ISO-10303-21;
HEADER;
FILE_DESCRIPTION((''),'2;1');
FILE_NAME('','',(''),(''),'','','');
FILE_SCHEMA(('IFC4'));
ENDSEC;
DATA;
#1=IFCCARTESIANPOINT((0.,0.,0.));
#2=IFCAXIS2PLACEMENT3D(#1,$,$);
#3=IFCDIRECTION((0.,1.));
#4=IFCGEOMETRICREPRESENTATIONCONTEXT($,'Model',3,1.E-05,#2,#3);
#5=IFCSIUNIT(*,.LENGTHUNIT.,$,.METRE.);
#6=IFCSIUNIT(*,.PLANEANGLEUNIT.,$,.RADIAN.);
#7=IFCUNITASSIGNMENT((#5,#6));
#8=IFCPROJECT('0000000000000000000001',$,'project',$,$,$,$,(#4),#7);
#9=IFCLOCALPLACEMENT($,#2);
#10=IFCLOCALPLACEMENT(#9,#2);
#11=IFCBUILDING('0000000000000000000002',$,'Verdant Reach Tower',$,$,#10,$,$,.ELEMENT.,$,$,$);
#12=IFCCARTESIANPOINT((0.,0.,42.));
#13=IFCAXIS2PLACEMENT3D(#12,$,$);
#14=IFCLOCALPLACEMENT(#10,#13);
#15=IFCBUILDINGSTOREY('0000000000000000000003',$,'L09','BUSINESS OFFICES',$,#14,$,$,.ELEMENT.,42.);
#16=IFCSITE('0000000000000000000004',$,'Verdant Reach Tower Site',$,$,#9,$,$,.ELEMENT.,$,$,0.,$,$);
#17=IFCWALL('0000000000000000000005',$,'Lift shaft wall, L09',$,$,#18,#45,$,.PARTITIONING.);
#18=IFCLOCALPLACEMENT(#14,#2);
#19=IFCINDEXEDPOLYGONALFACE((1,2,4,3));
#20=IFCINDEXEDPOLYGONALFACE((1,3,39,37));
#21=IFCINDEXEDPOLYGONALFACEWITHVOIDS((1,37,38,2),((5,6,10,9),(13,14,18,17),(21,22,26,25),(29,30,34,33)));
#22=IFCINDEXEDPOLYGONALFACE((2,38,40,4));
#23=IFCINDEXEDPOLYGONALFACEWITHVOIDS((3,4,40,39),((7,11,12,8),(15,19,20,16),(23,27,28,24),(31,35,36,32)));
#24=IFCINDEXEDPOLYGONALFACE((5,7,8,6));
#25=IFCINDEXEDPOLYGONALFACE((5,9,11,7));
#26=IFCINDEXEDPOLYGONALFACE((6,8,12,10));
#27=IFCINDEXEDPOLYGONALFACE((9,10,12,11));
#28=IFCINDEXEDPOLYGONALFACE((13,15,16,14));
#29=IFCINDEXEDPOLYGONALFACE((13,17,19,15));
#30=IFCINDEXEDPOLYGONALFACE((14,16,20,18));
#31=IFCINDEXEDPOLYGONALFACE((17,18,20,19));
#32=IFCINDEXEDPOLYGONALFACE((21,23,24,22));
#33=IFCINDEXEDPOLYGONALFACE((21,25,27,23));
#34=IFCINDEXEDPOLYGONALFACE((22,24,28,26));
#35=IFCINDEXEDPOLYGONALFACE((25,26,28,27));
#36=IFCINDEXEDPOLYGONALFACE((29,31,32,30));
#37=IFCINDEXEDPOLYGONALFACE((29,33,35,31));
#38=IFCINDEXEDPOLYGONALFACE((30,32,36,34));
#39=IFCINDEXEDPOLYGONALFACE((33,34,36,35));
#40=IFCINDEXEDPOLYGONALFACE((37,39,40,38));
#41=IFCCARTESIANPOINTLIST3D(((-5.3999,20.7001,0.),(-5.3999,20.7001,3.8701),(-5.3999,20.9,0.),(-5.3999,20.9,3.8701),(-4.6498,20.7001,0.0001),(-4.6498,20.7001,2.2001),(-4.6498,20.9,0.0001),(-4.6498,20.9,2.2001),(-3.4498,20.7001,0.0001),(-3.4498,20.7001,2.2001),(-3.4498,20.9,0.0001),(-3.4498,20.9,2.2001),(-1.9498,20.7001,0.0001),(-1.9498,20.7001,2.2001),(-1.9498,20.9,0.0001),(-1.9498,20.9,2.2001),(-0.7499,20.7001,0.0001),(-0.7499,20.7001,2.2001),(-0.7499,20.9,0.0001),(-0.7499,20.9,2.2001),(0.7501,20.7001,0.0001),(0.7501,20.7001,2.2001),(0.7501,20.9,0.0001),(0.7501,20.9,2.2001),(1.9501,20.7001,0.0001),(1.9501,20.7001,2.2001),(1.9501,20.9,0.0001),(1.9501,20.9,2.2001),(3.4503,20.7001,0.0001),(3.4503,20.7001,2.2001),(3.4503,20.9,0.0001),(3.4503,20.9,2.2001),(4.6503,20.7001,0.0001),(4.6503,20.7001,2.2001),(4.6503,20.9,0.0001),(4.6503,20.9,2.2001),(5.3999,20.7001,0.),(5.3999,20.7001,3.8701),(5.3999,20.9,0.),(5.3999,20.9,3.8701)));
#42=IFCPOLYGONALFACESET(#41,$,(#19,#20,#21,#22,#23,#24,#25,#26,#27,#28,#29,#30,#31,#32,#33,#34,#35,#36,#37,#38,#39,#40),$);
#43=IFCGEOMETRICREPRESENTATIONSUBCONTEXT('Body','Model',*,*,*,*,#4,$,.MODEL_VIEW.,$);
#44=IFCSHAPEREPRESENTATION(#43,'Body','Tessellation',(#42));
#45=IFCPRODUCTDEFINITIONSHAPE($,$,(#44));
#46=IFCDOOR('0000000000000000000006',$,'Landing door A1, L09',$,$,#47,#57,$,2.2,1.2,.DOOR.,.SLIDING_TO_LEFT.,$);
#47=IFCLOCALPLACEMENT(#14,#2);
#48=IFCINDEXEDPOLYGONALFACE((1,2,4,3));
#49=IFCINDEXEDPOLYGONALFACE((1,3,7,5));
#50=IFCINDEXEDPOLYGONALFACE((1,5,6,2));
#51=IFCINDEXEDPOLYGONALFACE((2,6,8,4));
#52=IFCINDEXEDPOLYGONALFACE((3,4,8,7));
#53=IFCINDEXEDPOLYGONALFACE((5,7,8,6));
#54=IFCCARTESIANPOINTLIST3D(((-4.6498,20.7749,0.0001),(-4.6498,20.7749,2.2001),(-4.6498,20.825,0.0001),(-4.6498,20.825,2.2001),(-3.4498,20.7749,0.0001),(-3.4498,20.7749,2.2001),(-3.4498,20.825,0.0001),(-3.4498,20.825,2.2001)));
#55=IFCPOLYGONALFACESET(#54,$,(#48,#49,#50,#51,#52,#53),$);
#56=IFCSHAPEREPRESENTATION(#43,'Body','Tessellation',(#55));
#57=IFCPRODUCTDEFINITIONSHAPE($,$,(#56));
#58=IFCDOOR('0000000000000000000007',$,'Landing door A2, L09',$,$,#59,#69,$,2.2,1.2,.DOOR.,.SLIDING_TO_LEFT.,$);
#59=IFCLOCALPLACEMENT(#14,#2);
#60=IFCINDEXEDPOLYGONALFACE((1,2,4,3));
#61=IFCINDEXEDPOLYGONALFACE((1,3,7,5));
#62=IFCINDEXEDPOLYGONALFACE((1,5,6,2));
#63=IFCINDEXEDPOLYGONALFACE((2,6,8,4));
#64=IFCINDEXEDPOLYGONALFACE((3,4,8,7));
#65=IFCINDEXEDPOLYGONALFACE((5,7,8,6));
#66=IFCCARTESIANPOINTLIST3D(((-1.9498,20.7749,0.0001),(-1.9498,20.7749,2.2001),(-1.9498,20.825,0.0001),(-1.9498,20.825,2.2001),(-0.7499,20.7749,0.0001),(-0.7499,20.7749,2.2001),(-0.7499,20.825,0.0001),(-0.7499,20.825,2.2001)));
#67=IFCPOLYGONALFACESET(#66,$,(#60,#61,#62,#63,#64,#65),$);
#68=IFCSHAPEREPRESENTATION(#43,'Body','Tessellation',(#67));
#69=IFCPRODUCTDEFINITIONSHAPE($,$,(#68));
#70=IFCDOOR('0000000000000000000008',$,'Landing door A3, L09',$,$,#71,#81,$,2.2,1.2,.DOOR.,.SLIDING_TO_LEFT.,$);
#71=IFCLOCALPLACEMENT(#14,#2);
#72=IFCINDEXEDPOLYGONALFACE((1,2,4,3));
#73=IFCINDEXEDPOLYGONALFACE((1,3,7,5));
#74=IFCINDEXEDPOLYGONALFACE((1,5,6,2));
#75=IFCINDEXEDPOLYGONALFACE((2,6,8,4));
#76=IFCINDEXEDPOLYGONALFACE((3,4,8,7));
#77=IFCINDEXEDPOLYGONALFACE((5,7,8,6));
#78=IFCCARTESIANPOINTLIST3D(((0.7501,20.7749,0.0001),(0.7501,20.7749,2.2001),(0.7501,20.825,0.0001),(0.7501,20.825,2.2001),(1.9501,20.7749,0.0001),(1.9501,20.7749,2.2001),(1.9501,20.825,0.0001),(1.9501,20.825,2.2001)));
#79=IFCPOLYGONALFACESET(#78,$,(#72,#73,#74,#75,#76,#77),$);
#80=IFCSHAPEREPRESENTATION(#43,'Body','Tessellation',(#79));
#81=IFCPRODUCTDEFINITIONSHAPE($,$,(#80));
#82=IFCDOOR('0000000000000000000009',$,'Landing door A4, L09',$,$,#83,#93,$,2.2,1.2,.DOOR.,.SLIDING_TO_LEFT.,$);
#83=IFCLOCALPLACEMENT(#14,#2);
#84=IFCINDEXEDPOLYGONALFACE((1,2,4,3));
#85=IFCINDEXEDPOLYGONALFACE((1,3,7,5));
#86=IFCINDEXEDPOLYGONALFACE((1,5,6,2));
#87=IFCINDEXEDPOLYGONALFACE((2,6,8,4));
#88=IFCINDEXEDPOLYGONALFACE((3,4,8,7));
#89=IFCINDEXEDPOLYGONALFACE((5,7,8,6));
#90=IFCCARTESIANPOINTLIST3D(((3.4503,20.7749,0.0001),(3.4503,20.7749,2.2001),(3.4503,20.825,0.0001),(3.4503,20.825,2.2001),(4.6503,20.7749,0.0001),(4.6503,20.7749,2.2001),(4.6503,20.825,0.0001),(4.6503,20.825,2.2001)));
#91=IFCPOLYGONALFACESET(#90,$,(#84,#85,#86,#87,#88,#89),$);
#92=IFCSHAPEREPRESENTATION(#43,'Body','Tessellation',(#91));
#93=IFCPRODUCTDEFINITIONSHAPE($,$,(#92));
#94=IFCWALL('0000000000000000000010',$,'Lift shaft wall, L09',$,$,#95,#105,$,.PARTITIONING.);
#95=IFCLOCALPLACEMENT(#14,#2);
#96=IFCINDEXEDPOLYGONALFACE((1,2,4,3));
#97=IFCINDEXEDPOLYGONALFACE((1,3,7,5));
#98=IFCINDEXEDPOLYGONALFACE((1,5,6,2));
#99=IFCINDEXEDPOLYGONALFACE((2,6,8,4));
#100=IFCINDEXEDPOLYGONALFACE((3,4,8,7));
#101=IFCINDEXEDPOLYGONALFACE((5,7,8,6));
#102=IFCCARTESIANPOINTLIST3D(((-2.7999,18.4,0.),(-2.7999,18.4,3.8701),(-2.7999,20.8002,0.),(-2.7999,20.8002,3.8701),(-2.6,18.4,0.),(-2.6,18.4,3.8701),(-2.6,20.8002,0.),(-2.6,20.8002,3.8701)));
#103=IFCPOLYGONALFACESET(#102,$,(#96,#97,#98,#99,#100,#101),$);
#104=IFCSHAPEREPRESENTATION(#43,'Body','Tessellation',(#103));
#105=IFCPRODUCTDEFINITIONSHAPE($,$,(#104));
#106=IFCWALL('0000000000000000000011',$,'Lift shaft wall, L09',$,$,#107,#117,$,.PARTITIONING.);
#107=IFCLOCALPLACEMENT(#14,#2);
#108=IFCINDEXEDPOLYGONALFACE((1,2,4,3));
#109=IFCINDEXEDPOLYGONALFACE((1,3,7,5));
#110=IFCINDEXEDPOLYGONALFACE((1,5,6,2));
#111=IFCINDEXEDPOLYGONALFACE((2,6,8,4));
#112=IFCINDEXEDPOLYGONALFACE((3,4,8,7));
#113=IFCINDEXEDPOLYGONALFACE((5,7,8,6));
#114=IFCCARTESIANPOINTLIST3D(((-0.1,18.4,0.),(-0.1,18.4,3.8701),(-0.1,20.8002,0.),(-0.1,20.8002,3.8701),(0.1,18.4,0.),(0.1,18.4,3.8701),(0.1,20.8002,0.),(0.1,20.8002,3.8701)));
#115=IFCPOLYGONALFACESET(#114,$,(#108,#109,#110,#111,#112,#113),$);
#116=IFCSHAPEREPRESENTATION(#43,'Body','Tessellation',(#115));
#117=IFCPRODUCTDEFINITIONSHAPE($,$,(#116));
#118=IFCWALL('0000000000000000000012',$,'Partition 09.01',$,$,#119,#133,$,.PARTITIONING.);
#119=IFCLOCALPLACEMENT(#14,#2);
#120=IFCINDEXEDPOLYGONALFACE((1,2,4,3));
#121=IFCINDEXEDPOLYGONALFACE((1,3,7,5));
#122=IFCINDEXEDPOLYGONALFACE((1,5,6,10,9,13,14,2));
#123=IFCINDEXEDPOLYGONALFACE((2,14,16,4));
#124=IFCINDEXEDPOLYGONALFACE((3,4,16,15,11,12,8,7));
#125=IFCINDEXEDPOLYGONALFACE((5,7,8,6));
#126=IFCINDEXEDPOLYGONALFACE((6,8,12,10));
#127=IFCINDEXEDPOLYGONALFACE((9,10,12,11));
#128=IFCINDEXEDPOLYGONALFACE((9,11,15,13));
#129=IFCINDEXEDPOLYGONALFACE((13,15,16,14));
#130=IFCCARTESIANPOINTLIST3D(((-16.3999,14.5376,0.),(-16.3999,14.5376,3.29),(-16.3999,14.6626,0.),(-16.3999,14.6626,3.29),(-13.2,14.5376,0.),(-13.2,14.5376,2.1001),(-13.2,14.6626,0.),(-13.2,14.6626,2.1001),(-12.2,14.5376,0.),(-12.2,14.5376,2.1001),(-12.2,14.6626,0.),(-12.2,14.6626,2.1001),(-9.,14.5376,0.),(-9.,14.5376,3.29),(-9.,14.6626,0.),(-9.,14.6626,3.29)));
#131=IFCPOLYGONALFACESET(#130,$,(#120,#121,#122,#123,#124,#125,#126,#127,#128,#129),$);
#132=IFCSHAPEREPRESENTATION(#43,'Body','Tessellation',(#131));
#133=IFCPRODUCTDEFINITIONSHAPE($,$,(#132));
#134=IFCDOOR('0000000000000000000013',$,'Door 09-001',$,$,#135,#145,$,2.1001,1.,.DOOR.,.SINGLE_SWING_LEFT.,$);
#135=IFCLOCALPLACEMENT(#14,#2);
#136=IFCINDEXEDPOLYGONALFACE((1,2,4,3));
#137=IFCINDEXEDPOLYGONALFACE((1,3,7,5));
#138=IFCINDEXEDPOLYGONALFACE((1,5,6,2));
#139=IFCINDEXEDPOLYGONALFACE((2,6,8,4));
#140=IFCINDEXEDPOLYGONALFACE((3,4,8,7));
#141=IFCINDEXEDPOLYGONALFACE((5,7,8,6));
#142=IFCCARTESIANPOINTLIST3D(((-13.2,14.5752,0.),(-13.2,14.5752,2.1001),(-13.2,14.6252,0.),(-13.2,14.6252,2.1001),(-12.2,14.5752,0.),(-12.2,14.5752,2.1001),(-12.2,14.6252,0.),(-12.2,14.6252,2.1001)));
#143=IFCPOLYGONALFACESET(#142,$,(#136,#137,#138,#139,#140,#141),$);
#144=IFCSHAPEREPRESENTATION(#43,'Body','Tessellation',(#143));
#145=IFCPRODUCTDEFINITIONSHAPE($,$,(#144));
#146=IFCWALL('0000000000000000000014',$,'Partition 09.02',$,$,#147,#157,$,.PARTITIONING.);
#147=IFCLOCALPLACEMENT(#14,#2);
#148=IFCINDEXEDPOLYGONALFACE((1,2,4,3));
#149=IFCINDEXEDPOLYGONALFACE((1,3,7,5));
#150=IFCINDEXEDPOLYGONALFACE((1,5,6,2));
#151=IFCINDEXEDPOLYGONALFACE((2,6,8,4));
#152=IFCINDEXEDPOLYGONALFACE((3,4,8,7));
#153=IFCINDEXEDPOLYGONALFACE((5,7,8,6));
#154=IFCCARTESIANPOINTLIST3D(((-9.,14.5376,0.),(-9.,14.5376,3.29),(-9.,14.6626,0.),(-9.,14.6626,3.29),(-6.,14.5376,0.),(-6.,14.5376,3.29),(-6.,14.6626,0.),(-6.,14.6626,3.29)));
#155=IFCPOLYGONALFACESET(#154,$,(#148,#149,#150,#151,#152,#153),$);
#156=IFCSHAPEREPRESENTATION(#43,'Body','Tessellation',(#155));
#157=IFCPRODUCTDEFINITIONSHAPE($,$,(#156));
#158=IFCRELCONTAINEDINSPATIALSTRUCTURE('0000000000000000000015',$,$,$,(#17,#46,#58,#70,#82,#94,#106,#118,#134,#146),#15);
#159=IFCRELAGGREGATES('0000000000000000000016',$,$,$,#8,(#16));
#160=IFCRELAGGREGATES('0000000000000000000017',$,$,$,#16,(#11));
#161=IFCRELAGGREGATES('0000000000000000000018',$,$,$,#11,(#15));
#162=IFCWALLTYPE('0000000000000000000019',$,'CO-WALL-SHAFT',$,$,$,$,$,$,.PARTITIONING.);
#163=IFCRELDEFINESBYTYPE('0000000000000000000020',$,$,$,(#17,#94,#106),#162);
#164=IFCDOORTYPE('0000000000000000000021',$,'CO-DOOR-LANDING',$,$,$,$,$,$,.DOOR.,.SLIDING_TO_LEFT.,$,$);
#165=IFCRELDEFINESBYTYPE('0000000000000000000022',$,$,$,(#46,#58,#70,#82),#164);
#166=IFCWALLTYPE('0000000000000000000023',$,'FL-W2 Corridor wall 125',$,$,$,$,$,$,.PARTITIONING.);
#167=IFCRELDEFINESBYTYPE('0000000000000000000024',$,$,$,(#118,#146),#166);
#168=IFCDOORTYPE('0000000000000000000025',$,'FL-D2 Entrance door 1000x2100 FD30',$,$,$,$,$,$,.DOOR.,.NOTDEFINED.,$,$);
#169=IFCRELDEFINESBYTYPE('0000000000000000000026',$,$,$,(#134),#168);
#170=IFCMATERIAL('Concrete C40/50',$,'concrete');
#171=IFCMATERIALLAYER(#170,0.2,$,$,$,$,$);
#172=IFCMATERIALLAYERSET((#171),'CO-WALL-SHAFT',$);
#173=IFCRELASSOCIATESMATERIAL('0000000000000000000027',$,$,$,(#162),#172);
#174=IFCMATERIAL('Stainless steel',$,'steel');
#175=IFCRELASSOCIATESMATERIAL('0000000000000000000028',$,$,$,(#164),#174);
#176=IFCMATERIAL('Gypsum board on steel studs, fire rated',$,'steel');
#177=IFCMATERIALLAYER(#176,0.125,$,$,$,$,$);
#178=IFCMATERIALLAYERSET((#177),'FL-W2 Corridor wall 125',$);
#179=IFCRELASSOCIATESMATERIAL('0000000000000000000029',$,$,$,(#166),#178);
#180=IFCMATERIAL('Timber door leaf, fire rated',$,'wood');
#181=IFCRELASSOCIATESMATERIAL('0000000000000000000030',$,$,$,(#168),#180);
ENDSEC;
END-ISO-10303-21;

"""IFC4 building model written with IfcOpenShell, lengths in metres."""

from ifc_helpers import new_model, si_unit, direction, frame, frame_2d, origin, place, context, subcontext, project, spatial, rectangle, extrude, material, layer, layer_set, type_object, element, fill, save


model = new_model("IFC4")

# Units and contexts
model_context = context("Model", 3, precision=1e-05, world=origin(), true_north=direction((0.0, 1.0)))
body_context = subcontext(model_context, "Body", "Model", "MODEL_VIEW")
ifc_project = project(units=[si_unit("LENGTHUNIT", "METRE"), si_unit("PLANEANGLEUNIT", "RADIAN")], contexts=[model_context])

# Site, building, storey
site_placement = place(None, origin())
site = spatial("IfcSite", under=ifc_project, at=site_placement, Name="Verdant Reach Tower Site", CompositionType="ELEMENT", RefElevation=0.0)
building_placement = place(site_placement, origin())
building = spatial("IfcBuilding", under=site, at=building_placement, Name="Verdant Reach Tower", CompositionType="ELEMENT")
storey_placement = place(building_placement, frame((0.0, 0.0, 42.0)))
storey = spatial("IfcBuildingStorey", under=building, at=storey_placement, Name="L09", Description="BUSINESS OFFICES", CompositionType="ELEMENT", Elevation=42.0)

# Wall, openings, doors
ifc_material_1 = material(Name="Concrete C40/50", Category="concrete")
ifc_layer_1 = layer(ifc_material_1, 0.2)
ifc_layer_set_1 = layer_set([ifc_layer_1], Name="CO-WALL-SHAFT")
wall_type_1 = type_object("IfcWallType", Name="CO-WALL-SHAFT", PredefinedType="PARTITIONING", material=ifc_layer_set_1)
wall_1_placement = place(storey_placement, frame((-5.3999, 20.8, 0.0), z_axis=(0.0, 0.0, 1.0), x_axis=(1.0, 0.0, 0.0)))
wall_1 = element("IfcWall", 1, at=wall_1_placement, inside=storey, type_object=wall_type_1, Name="Lift shaft wall, L09", PredefinedType="PARTITIONING", context=body_context, shape_type="SweptSolid", body=[
    extrude(rectangle(XDim=10.7998, YDim=0.2, at=frame_2d((5.3999, 0.0))), origin(), (0.0, 0.0, 1.0), 3.8701),
])
opening_1_placement = place(wall_1_placement, frame((0.75, 0.0, 0.0)))
opening_1 = element("IfcOpeningElement", 2, at=opening_1_placement, cuts=wall_1, PredefinedType="OPENING", context=body_context, shape_type="SweptSolid", body=[
    extrude(rectangle(XDim=1.2, YDim=2.2, at=frame_2d((0.6001, 1.1001))), frame((0.0, 0.1099, 0.0), z_axis=(0.0, -1.0, 0.0), x_axis=(1.0, 0.0, 0.0)), (0.0, 0.0, 1.0), 0.22),
])
opening_2_placement = place(wall_1_placement, frame((3.45, 0.0, 0.0)))
opening_2 = element("IfcOpeningElement", 3, at=opening_2_placement, cuts=wall_1, PredefinedType="OPENING", context=body_context, shape_type="SweptSolid", body=[
    extrude(rectangle(XDim=1.2, YDim=2.2, at=frame_2d((0.6001, 1.1001))), frame((0.0, 0.1099, 0.0), z_axis=(0.0, -1.0, 0.0), x_axis=(1.0, 0.0, 0.0)), (0.0, 0.0, 1.0), 0.22),
])
opening_3_placement = place(wall_1_placement, frame((6.1499, 0.0, 0.0)))
opening_3 = element("IfcOpeningElement", 4, at=opening_3_placement, cuts=wall_1, PredefinedType="OPENING", context=body_context, shape_type="SweptSolid", body=[
    extrude(rectangle(XDim=1.2, YDim=2.2, at=frame_2d((0.6001, 1.1001))), frame((0.0, 0.1099, 0.0), z_axis=(0.0, -1.0, 0.0), x_axis=(1.0, 0.0, 0.0)), (0.0, 0.0, 1.0), 0.22),
])
opening_4_placement = place(wall_1_placement, frame((8.8501, 0.0, 0.0)))
opening_4 = element("IfcOpeningElement", 5, at=opening_4_placement, cuts=wall_1, PredefinedType="OPENING", context=body_context, shape_type="SweptSolid", body=[
    extrude(rectangle(XDim=1.2, YDim=2.2, at=frame_2d((0.6001, 1.1001))), frame((0.0, 0.1099, 0.0), z_axis=(0.0, -1.0, 0.0), x_axis=(1.0, 0.0, 0.0)), (0.0, 0.0, 1.0), 0.22),
])
ifc_material_2 = material(Name="Stainless steel", Category="steel")
door_type_1 = type_object("IfcDoorType", Name="CO-DOOR-LANDING", OperationType="SLIDING_TO_LEFT", PredefinedType="DOOR", material=ifc_material_2)
door_1_placement = place(opening_1_placement, origin())
door_1 = element("IfcDoor", 6, at=door_1_placement, inside=storey, type_object=door_type_1, Name="Landing door A1, L09", OperationType="SLIDING_TO_LEFT", OverallHeight=2.2, OverallWidth=1.2, PredefinedType="DOOR", context=body_context, shape_type="SweptSolid", body=[
    extrude(rectangle(XDim=1.2, YDim=2.2, at=frame_2d((0.6001, 1.1001))), frame((0.0, 0.0249, 0.0), z_axis=(0.0, -1.0, 0.0), x_axis=(1.0, 0.0, 0.0)), (0.0, 0.0, 1.0), 0.05),
])
fill(opening_1, door_1)
door_2_placement = place(opening_2_placement, origin())
door_2 = element("IfcDoor", 7, at=door_2_placement, inside=storey, type_object=door_type_1, Name="Landing door A2, L09", OperationType="SLIDING_TO_LEFT", OverallHeight=2.2, OverallWidth=1.2, PredefinedType="DOOR", context=body_context, shape_type="SweptSolid", body=[
    extrude(rectangle(XDim=1.2, YDim=2.2, at=frame_2d((0.6001, 1.1001))), frame((0.0, 0.0249, 0.0), z_axis=(0.0, -1.0, 0.0), x_axis=(1.0, 0.0, 0.0)), (0.0, 0.0, 1.0), 0.05),
])
fill(opening_2, door_2)
door_3_placement = place(opening_3_placement, origin())
door_3 = element("IfcDoor", 8, at=door_3_placement, inside=storey, type_object=door_type_1, Name="Landing door A3, L09", OperationType="SLIDING_TO_LEFT", OverallHeight=2.2, OverallWidth=1.2, PredefinedType="DOOR", context=body_context, shape_type="SweptSolid", body=[
    extrude(rectangle(XDim=1.2, YDim=2.2, at=frame_2d((0.6001, 1.1001))), frame((0.0, 0.0249, 0.0), z_axis=(0.0, -1.0, 0.0), x_axis=(1.0, 0.0, 0.0)), (0.0, 0.0, 1.0), 0.05),
])
fill(opening_3, door_3)
door_4_placement = place(opening_4_placement, origin())
door_4 = element("IfcDoor", 9, at=door_4_placement, inside=storey, type_object=door_type_1, Name="Landing door A4, L09", OperationType="SLIDING_TO_LEFT", OverallHeight=2.2, OverallWidth=1.2, PredefinedType="DOOR", context=body_context, shape_type="SweptSolid", body=[
    extrude(rectangle(XDim=1.2, YDim=2.2, at=frame_2d((0.6001, 1.1001))), frame((0.0, 0.0249, 0.0), z_axis=(0.0, -1.0, 0.0), x_axis=(1.0, 0.0, 0.0)), (0.0, 0.0, 1.0), 0.05),
])
fill(opening_4, door_4)

# Walls
for number, where, z_axis, x_axis, name in (
    (10, (-2.7, 18.3999, 0.0), (0.0, 0.0, 1.0), (0.0, 1.0, 0.0), "Lift shaft wall, L09"),
    (11, (0.0, 18.3999, 0.0), (0.0, 0.0, 1.0), (0.0, 1.0, 0.0), "Lift shaft wall, L09"),
):
    element("IfcWall", number, at=place(storey_placement, frame(where, z_axis=z_axis, x_axis=x_axis)), inside=storey, type_object=wall_type_1, Name=name, PredefinedType="PARTITIONING", context=body_context, shape_type="SweptSolid", body=[
        extrude(rectangle(XDim=2.4001, YDim=0.2, at=frame_2d((1.2002, 0.0))), origin(), (0.0, 0.0, 1.0), 3.8701),
    ])

# Wall, opening, door
ifc_material_3 = material(Name="Gypsum board on steel studs, fire rated", Category="steel")
ifc_layer_2 = layer(ifc_material_3, 0.125)
ifc_layer_set_2 = layer_set([ifc_layer_2], Name="FL-W2 Corridor wall 125")
wall_type_2 = type_object("IfcWallType", Name="FL-W2 Corridor wall 125", PredefinedType="PARTITIONING", material=ifc_layer_set_2)
wall_2_placement = place(storey_placement, frame((-9.0, 14.6001, 0.0), z_axis=(0.0, 0.0, 1.0), x_axis=(-1.0, 0.0, 0.0)))
wall_2 = element("IfcWall", 12, at=wall_2_placement, inside=storey, type_object=wall_type_2, Name="Partition 09.01", PredefinedType="PARTITIONING", context=body_context, shape_type="SweptSolid", body=[
    extrude(rectangle(XDim=7.3999, YDim=0.125, at=frame_2d((3.7, 0.0))), origin(), (0.0, 0.0, 1.0), 3.29),
])
opening_5_placement = place(wall_2_placement, frame((3.2, 0.0, 0.0)))
opening_5 = element("IfcOpeningElement", 13, at=opening_5_placement, cuts=wall_2, PredefinedType="OPENING", context=body_context, shape_type="SweptSolid", body=[
    extrude(rectangle(XDim=1.0, YDim=2.1001, at=frame_2d((0.5, 1.05))), frame((0.0, 0.0725, 0.0), z_axis=(0.0, -1.0, 0.0), x_axis=(1.0, 0.0, 0.0)), (0.0, 0.0, 1.0), 0.145),
])
ifc_material_4 = material(Name="Timber door leaf, fire rated", Category="wood")
door_type_2 = type_object("IfcDoorType", Name="FL-D2 Entrance door 1000x2100 FD30", OperationType="NOTDEFINED", PredefinedType="DOOR", material=ifc_material_4)
door_5_placement = place(opening_5_placement, origin())
door_5 = element("IfcDoor", 14, at=door_5_placement, inside=storey, type_object=door_type_2, Name="Door 09-001", OperationType="SINGLE_SWING_LEFT", OverallHeight=2.1001, OverallWidth=1.0, PredefinedType="DOOR", context=body_context, shape_type="SweptSolid", body=[
    extrude(rectangle(XDim=1.0, YDim=2.1001, at=frame_2d((0.5, 1.05))), frame((0.0, 0.0249, 0.0), z_axis=(0.0, -1.0, 0.0), x_axis=(1.0, 0.0, 0.0)), (0.0, 0.0, 1.0), 0.05),
])
fill(opening_5, door_5)

# Wall
wall_3_placement = place(storey_placement, frame((-9.0, 14.6001, 0.0), z_axis=(0.0, 0.0, 1.0), x_axis=(1.0, 0.0, 0.0)))
element("IfcWall", 15, at=wall_3_placement, inside=storey, type_object=wall_type_2, Name="Partition 09.02", PredefinedType="PARTITIONING", context=body_context, shape_type="SweptSolid", body=[
    extrude(rectangle(XDim=3.0, YDim=0.125, at=frame_2d((1.5, 0.0))), origin(), (0.0, 0.0, 1.0), 3.29),
])

save(model, "model.ifc")
